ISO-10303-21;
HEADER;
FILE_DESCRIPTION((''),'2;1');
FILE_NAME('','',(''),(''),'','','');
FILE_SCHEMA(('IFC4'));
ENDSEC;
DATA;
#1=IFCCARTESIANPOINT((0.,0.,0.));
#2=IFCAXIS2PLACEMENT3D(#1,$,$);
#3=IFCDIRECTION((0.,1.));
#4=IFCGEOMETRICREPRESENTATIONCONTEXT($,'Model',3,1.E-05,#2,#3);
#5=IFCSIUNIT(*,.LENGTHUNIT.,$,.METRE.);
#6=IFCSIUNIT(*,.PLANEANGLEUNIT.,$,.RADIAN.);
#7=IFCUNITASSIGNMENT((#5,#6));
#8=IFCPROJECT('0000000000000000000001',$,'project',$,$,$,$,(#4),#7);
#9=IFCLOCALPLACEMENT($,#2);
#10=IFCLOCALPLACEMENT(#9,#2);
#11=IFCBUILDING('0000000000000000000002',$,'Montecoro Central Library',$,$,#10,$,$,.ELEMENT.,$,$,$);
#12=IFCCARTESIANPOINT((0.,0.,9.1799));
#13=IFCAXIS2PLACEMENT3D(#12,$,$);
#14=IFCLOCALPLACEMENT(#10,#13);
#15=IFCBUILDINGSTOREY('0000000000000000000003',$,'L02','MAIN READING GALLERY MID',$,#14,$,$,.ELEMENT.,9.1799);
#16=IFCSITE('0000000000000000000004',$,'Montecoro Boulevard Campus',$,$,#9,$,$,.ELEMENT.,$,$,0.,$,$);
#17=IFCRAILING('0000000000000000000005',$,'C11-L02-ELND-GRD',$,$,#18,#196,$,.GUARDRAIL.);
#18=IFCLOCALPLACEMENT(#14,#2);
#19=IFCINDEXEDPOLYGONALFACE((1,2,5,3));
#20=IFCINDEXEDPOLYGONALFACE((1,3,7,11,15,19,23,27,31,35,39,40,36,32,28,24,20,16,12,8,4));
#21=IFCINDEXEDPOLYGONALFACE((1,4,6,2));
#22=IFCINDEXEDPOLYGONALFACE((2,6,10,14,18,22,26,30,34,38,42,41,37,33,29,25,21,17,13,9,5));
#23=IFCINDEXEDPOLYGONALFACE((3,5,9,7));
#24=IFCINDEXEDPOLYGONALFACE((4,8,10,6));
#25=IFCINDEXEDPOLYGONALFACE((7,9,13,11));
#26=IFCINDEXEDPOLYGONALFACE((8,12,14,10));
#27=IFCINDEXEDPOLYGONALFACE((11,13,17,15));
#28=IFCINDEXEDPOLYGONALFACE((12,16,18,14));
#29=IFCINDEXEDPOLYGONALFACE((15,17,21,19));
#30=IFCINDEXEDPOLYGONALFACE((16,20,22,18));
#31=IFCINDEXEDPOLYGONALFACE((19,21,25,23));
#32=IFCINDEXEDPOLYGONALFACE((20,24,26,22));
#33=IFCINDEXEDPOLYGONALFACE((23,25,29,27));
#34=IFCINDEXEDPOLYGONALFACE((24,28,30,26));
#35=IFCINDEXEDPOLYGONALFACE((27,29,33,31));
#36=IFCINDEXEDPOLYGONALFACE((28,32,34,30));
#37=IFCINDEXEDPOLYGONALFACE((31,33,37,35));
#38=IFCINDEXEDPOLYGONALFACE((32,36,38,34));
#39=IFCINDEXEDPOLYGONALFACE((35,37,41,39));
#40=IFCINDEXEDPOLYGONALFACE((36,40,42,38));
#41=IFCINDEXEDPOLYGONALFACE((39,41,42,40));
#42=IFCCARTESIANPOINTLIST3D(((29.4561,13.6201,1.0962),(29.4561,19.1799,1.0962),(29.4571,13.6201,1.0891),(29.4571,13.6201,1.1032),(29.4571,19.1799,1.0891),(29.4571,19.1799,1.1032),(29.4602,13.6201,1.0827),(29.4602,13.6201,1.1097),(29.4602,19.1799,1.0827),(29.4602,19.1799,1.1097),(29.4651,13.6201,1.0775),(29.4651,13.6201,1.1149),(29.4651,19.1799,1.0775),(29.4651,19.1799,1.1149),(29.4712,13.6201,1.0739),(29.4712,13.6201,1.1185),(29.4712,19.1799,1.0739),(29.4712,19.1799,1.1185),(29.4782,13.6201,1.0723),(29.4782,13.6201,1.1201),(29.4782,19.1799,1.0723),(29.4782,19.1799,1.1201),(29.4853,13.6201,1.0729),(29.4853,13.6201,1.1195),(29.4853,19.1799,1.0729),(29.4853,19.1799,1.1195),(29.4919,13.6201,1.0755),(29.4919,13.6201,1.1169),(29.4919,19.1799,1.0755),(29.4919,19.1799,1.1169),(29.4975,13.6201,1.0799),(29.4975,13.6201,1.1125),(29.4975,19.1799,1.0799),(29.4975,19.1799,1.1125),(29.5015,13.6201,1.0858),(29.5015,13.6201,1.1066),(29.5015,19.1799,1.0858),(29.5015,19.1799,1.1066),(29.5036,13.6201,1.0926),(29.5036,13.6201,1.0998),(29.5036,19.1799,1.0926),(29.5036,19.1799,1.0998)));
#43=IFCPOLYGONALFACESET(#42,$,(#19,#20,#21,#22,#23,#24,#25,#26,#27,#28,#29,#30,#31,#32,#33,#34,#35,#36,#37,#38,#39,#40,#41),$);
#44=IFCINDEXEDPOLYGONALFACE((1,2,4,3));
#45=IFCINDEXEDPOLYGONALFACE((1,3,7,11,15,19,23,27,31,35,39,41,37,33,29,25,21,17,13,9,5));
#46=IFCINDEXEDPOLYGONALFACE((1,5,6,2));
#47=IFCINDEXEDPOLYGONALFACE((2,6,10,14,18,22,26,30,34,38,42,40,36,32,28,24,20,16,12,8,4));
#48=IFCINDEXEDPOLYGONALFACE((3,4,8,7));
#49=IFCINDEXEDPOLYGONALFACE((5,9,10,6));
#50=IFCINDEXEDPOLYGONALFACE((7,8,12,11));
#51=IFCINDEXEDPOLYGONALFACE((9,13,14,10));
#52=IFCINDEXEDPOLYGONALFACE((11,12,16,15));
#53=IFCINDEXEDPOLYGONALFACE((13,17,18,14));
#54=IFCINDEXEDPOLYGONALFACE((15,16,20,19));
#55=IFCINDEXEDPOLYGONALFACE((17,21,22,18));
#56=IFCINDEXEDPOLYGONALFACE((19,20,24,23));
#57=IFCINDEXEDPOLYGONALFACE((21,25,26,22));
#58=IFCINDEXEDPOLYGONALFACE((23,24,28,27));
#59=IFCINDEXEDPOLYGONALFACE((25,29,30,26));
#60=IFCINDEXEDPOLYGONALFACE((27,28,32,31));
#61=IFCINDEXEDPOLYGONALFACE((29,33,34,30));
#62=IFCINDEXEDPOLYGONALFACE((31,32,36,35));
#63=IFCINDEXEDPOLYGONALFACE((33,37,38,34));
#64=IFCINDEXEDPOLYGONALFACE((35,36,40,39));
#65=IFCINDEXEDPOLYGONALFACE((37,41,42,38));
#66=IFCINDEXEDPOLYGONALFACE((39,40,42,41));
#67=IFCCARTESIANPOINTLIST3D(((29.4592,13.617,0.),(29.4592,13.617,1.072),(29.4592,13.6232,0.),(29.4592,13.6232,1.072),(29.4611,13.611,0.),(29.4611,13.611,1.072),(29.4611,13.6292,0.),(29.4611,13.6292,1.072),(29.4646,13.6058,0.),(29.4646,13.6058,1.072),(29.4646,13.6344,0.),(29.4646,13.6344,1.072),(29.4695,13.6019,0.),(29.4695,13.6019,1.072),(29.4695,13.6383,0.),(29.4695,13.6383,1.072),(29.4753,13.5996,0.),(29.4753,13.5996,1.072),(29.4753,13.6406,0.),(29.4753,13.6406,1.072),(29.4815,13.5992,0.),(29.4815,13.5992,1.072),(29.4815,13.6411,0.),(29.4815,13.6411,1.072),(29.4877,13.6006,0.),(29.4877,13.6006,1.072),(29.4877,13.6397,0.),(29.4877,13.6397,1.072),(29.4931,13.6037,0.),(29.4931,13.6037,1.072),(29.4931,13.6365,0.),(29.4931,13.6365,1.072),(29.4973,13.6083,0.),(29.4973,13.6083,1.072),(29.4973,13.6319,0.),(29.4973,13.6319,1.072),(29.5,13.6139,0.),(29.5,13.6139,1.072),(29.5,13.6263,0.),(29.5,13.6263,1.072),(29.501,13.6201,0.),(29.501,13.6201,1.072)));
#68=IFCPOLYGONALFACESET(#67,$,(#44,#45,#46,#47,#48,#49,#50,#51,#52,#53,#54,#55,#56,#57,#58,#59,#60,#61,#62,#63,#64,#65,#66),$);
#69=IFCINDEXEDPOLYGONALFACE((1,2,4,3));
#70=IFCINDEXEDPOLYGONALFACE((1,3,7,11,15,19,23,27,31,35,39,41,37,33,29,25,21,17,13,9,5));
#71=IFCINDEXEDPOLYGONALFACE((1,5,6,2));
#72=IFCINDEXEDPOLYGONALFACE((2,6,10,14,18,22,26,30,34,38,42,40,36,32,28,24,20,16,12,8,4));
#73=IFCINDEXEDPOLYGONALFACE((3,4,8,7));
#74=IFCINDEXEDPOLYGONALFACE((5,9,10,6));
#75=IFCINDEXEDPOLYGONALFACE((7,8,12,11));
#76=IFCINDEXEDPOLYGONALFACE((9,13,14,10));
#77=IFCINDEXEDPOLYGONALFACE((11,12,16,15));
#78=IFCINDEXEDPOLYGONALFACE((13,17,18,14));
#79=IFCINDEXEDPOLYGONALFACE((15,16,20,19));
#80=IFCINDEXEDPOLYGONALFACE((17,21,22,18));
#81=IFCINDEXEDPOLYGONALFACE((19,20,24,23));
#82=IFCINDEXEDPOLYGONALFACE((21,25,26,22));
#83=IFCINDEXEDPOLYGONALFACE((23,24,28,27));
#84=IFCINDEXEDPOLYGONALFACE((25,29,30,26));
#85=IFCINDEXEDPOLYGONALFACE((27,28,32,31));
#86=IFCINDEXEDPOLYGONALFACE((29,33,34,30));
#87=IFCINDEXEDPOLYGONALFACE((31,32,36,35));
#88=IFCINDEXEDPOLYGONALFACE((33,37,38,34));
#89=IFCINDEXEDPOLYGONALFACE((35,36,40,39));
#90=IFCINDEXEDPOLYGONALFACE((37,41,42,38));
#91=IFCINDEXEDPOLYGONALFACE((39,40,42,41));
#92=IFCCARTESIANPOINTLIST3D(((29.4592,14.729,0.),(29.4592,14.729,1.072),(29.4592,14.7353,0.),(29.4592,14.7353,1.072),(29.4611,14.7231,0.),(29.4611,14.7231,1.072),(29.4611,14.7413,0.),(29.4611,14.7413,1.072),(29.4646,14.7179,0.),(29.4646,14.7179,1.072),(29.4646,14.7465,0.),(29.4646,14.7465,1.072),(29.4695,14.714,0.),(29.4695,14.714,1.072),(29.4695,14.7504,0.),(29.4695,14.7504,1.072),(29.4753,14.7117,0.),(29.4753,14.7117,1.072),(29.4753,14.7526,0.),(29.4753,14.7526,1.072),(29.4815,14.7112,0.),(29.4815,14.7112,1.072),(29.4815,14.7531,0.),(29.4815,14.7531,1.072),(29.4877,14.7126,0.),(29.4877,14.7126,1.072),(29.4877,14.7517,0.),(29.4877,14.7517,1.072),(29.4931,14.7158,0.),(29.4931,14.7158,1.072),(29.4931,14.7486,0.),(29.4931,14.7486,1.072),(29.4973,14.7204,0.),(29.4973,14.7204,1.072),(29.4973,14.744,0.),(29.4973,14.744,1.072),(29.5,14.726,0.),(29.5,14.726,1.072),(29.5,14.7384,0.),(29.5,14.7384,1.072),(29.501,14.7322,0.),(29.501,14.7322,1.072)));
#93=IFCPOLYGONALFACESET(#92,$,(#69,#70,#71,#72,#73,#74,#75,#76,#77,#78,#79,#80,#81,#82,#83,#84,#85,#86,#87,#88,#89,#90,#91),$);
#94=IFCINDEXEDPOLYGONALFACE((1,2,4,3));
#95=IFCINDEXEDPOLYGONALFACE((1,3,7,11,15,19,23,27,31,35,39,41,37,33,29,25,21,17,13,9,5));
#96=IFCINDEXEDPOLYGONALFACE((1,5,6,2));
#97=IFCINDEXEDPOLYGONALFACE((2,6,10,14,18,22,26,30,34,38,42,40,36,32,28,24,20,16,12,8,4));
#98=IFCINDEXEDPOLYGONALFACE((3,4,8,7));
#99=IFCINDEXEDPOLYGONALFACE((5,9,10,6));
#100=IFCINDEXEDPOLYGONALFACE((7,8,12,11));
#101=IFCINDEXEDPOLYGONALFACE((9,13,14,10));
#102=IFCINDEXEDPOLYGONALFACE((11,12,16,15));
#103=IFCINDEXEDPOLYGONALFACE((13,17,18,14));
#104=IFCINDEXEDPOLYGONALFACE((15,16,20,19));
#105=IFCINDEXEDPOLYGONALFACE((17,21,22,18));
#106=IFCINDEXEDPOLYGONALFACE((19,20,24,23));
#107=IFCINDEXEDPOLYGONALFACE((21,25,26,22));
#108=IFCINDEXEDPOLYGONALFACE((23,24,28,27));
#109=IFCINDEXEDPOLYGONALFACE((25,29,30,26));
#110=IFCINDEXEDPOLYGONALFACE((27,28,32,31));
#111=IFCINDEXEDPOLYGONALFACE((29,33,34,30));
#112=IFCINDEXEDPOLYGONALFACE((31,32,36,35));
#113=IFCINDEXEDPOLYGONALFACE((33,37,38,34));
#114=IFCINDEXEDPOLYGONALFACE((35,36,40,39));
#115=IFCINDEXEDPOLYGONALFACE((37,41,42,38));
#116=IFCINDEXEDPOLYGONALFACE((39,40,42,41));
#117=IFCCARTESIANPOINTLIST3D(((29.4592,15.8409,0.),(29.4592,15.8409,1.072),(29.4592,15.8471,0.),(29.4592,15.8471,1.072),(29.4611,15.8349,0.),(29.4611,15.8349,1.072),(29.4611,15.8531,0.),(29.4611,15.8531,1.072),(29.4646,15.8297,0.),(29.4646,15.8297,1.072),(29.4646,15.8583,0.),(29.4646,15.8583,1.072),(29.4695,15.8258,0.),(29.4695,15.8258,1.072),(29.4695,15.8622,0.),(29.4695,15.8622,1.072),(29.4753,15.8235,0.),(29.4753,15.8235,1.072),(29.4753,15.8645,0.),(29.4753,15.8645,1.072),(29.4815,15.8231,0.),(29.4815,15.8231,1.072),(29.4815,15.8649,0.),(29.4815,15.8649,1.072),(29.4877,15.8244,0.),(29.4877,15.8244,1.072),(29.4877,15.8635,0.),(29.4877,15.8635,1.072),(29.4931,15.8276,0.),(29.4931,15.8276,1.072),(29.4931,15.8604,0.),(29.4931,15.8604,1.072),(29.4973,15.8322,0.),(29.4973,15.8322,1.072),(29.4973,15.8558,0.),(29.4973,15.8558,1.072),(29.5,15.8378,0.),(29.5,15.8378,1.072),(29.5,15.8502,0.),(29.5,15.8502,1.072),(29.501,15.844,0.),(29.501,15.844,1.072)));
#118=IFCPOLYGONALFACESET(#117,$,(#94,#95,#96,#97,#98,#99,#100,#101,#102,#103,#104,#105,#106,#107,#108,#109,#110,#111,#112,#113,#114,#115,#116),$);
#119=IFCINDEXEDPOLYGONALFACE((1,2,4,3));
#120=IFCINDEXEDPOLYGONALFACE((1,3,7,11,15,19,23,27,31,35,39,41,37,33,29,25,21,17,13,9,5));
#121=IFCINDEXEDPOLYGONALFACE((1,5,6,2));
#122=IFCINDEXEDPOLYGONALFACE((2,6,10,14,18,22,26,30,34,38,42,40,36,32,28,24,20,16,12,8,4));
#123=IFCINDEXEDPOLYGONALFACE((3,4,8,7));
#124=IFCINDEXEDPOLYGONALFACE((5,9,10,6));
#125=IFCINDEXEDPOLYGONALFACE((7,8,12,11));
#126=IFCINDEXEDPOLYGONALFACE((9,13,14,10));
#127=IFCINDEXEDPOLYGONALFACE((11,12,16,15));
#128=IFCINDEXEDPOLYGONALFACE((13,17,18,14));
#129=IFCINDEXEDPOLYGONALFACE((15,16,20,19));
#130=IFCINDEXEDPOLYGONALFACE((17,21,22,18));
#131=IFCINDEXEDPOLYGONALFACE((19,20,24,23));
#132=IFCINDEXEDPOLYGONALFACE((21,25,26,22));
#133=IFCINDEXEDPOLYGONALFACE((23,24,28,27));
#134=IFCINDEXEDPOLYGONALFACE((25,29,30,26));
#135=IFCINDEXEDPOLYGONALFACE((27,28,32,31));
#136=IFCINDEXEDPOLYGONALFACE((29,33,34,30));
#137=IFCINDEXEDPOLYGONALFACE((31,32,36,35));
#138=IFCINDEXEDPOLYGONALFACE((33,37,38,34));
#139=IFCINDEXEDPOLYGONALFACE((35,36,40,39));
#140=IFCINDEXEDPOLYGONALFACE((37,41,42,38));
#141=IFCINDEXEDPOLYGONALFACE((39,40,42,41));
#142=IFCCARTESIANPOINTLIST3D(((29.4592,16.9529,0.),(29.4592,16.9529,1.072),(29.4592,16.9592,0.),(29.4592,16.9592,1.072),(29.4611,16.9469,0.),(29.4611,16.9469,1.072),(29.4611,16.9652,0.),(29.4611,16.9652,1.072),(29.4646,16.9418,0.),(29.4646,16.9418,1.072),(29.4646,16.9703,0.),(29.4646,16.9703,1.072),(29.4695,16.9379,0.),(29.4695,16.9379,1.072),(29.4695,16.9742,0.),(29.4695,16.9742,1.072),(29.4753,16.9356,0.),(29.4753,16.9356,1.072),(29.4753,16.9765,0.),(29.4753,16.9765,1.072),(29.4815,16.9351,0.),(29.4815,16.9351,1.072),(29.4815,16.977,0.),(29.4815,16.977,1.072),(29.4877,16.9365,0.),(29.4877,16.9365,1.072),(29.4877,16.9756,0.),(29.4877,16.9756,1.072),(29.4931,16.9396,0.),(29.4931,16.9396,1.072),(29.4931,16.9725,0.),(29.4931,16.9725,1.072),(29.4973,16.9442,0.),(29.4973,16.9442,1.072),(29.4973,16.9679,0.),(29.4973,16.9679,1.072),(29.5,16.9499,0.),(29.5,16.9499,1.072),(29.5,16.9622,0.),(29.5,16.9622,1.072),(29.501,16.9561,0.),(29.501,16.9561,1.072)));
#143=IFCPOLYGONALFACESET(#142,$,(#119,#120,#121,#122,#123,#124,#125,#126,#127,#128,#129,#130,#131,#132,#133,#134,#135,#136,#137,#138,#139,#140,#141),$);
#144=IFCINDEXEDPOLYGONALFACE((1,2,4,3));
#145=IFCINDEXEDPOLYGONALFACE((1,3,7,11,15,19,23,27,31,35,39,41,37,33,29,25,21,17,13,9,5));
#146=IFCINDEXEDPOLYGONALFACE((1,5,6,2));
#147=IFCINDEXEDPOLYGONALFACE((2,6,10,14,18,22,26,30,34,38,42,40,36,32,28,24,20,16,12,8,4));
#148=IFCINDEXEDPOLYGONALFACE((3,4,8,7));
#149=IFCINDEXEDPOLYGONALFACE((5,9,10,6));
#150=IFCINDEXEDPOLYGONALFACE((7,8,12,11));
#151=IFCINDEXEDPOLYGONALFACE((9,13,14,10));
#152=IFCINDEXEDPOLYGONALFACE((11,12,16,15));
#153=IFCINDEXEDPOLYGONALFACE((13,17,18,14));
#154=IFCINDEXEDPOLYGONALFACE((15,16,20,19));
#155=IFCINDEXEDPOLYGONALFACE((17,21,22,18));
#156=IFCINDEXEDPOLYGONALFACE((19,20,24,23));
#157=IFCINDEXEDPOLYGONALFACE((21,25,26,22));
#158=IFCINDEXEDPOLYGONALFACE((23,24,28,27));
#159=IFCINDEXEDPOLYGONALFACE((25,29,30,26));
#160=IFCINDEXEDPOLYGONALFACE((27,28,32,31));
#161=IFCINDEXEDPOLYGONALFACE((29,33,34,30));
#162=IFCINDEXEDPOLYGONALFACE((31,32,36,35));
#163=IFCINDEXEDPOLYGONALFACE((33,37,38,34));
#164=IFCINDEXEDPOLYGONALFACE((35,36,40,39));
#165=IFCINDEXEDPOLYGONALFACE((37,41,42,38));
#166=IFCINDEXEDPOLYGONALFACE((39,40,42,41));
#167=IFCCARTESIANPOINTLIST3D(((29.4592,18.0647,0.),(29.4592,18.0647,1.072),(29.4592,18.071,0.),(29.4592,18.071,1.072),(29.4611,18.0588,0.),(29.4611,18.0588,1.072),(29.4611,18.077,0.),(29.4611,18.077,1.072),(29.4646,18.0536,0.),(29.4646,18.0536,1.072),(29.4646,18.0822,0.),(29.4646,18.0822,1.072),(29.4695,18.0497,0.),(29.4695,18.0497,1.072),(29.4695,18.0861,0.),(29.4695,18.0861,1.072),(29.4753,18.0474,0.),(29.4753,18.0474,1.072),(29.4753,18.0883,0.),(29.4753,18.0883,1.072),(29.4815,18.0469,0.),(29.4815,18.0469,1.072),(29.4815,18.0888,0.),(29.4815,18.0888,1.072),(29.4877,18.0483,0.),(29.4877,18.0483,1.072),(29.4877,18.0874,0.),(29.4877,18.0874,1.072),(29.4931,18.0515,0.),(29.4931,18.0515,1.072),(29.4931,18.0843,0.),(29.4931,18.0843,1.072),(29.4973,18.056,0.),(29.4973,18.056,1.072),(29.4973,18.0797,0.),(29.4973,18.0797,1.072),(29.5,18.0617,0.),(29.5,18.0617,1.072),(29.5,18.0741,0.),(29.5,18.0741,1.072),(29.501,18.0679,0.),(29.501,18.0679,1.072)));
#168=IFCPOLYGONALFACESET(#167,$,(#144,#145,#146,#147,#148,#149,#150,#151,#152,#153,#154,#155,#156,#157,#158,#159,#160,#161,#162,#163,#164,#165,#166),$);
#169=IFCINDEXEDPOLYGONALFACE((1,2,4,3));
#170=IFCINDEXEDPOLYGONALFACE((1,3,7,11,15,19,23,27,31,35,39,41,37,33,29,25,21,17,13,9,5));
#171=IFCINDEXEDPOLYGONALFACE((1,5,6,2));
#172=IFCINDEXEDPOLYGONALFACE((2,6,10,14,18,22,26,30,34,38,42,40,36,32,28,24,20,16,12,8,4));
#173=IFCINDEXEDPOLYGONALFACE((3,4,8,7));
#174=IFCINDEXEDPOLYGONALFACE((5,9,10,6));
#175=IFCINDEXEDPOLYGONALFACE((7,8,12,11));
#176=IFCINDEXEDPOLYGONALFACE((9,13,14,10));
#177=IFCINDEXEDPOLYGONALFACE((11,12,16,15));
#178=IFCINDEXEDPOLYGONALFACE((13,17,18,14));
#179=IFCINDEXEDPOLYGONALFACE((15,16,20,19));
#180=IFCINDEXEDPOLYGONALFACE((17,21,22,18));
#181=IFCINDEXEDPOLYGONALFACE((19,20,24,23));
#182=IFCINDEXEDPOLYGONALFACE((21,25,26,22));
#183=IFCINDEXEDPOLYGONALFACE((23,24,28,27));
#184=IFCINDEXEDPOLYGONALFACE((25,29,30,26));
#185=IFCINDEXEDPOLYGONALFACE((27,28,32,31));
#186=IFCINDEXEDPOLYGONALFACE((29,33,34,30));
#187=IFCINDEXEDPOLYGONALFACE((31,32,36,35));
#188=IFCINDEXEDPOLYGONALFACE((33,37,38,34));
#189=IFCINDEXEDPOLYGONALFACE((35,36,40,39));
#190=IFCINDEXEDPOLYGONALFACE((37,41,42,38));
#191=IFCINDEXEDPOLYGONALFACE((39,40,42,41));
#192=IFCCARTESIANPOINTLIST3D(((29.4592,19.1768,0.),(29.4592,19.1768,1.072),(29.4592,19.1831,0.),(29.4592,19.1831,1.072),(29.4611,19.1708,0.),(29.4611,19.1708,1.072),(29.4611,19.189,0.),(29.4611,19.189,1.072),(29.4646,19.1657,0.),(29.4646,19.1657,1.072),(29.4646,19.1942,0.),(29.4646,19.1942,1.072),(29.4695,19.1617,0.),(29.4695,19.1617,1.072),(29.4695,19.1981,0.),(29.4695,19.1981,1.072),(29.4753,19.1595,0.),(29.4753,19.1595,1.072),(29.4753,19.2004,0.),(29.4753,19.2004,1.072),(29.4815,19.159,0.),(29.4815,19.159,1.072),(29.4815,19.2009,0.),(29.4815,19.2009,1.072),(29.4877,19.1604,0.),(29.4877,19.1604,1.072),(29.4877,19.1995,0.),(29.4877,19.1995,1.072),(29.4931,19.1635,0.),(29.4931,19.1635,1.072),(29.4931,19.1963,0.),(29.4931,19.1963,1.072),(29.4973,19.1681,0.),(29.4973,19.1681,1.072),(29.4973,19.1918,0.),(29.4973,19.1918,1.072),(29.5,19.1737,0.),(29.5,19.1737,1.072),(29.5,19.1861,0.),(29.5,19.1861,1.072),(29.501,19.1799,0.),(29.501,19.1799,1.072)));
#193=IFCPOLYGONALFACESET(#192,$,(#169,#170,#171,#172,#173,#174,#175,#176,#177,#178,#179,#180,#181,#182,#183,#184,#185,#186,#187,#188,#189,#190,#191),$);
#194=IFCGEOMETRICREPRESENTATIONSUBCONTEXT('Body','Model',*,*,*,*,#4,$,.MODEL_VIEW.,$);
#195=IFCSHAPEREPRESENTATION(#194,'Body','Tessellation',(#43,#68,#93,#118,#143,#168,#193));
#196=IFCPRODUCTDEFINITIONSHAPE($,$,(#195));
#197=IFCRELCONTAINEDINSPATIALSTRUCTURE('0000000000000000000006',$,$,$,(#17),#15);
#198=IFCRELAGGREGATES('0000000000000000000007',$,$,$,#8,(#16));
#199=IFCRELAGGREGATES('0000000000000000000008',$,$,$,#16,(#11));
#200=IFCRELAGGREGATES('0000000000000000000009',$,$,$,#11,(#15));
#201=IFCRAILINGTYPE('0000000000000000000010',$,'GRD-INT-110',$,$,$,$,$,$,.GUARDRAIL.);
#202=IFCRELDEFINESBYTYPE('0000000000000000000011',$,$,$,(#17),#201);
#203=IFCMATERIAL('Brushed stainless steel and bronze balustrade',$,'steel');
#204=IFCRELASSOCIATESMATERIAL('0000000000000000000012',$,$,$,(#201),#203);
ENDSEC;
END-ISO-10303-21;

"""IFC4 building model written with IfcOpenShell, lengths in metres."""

from ifc_helpers import new_model, si_unit, direction, frame, origin, origin_2d, place, context, subcontext, project, spatial, circle, extrude, material, type_object, element, save


model = new_model("IFC4")

# Units and contexts
model_context = context("Model", 3, precision=1e-05, world=origin(), true_north=direction((0.0, 1.0)))
body_context = subcontext(model_context, "Body", "Model", "MODEL_VIEW")
ifc_project = project(units=[si_unit("LENGTHUNIT", "METRE"), si_unit("PLANEANGLEUNIT", "RADIAN")], contexts=[model_context])

# Site, building, storey
site_placement = place(None, origin())
site = spatial("IfcSite", under=ifc_project, at=site_placement, Name="Montecoro Boulevard Campus", CompositionType="ELEMENT", RefElevation=0.0)
building_placement = place(site_placement, origin())
building = spatial("IfcBuilding", under=site, at=building_placement, Name="Montecoro Central Library", CompositionType="ELEMENT")
storey_placement = place(building_placement, frame((0.0, 0.0, 9.1799)))
storey = spatial("IfcBuildingStorey", under=building, at=storey_placement, Name="L02", Description="MAIN READING GALLERY MID", CompositionType="ELEMENT", Elevation=9.1799)

# Railing
ifc_material_1 = material(Name="Brushed stainless steel and bronze balustrade", Category="steel")
railing_type = type_object("IfcRailingType", Name="GRD-INT-110", PredefinedType="GUARDRAIL", material=ifc_material_1)
railing_placement = place(storey_placement, frame((29.48, 13.6201, 0.0)))
element("IfcRailing", 1, at=railing_placement, inside=storey, type_object=railing_type, Name="C11-L02-ELND-GRD", PredefinedType="GUARDRAIL", context=body_context, shape_type="SweptSolid", body=[
    extrude(circle(Radius=0.0239, at=origin_2d()), frame((0.0, 0.0, 1.0962), z_axis=(0.0, 1.0, 0.0), x_axis=(-1.0, 0.0, 0.0)), (0.0, 0.0, 1.0), 5.5598),
    extrude(circle(Radius=0.021, at=origin_2d()), origin(), (0.0, 0.0, 1.0), 1.072),
    extrude(circle(Radius=0.021, at=origin_2d()), frame((0.0, 1.1121, 0.0)), (0.0, 0.0, 1.0), 1.072),
    extrude(circle(Radius=0.021, at=origin_2d()), frame((0.0, 2.2239, 0.0)), (0.0, 0.0, 1.0), 1.072),
    extrude(circle(Radius=0.021, at=origin_2d()), frame((0.0, 3.3359, 0.0)), (0.0, 0.0, 1.0), 1.072),
    extrude(circle(Radius=0.021, at=origin_2d()), frame((0.0, 4.4478, 0.0)), (0.0, 0.0, 1.0), 1.072),
    extrude(circle(Radius=0.021, at=origin_2d()), frame((0.0, 5.5598, 0.0)), (0.0, 0.0, 1.0), 1.072),
])

save(model, "model.ifc")
